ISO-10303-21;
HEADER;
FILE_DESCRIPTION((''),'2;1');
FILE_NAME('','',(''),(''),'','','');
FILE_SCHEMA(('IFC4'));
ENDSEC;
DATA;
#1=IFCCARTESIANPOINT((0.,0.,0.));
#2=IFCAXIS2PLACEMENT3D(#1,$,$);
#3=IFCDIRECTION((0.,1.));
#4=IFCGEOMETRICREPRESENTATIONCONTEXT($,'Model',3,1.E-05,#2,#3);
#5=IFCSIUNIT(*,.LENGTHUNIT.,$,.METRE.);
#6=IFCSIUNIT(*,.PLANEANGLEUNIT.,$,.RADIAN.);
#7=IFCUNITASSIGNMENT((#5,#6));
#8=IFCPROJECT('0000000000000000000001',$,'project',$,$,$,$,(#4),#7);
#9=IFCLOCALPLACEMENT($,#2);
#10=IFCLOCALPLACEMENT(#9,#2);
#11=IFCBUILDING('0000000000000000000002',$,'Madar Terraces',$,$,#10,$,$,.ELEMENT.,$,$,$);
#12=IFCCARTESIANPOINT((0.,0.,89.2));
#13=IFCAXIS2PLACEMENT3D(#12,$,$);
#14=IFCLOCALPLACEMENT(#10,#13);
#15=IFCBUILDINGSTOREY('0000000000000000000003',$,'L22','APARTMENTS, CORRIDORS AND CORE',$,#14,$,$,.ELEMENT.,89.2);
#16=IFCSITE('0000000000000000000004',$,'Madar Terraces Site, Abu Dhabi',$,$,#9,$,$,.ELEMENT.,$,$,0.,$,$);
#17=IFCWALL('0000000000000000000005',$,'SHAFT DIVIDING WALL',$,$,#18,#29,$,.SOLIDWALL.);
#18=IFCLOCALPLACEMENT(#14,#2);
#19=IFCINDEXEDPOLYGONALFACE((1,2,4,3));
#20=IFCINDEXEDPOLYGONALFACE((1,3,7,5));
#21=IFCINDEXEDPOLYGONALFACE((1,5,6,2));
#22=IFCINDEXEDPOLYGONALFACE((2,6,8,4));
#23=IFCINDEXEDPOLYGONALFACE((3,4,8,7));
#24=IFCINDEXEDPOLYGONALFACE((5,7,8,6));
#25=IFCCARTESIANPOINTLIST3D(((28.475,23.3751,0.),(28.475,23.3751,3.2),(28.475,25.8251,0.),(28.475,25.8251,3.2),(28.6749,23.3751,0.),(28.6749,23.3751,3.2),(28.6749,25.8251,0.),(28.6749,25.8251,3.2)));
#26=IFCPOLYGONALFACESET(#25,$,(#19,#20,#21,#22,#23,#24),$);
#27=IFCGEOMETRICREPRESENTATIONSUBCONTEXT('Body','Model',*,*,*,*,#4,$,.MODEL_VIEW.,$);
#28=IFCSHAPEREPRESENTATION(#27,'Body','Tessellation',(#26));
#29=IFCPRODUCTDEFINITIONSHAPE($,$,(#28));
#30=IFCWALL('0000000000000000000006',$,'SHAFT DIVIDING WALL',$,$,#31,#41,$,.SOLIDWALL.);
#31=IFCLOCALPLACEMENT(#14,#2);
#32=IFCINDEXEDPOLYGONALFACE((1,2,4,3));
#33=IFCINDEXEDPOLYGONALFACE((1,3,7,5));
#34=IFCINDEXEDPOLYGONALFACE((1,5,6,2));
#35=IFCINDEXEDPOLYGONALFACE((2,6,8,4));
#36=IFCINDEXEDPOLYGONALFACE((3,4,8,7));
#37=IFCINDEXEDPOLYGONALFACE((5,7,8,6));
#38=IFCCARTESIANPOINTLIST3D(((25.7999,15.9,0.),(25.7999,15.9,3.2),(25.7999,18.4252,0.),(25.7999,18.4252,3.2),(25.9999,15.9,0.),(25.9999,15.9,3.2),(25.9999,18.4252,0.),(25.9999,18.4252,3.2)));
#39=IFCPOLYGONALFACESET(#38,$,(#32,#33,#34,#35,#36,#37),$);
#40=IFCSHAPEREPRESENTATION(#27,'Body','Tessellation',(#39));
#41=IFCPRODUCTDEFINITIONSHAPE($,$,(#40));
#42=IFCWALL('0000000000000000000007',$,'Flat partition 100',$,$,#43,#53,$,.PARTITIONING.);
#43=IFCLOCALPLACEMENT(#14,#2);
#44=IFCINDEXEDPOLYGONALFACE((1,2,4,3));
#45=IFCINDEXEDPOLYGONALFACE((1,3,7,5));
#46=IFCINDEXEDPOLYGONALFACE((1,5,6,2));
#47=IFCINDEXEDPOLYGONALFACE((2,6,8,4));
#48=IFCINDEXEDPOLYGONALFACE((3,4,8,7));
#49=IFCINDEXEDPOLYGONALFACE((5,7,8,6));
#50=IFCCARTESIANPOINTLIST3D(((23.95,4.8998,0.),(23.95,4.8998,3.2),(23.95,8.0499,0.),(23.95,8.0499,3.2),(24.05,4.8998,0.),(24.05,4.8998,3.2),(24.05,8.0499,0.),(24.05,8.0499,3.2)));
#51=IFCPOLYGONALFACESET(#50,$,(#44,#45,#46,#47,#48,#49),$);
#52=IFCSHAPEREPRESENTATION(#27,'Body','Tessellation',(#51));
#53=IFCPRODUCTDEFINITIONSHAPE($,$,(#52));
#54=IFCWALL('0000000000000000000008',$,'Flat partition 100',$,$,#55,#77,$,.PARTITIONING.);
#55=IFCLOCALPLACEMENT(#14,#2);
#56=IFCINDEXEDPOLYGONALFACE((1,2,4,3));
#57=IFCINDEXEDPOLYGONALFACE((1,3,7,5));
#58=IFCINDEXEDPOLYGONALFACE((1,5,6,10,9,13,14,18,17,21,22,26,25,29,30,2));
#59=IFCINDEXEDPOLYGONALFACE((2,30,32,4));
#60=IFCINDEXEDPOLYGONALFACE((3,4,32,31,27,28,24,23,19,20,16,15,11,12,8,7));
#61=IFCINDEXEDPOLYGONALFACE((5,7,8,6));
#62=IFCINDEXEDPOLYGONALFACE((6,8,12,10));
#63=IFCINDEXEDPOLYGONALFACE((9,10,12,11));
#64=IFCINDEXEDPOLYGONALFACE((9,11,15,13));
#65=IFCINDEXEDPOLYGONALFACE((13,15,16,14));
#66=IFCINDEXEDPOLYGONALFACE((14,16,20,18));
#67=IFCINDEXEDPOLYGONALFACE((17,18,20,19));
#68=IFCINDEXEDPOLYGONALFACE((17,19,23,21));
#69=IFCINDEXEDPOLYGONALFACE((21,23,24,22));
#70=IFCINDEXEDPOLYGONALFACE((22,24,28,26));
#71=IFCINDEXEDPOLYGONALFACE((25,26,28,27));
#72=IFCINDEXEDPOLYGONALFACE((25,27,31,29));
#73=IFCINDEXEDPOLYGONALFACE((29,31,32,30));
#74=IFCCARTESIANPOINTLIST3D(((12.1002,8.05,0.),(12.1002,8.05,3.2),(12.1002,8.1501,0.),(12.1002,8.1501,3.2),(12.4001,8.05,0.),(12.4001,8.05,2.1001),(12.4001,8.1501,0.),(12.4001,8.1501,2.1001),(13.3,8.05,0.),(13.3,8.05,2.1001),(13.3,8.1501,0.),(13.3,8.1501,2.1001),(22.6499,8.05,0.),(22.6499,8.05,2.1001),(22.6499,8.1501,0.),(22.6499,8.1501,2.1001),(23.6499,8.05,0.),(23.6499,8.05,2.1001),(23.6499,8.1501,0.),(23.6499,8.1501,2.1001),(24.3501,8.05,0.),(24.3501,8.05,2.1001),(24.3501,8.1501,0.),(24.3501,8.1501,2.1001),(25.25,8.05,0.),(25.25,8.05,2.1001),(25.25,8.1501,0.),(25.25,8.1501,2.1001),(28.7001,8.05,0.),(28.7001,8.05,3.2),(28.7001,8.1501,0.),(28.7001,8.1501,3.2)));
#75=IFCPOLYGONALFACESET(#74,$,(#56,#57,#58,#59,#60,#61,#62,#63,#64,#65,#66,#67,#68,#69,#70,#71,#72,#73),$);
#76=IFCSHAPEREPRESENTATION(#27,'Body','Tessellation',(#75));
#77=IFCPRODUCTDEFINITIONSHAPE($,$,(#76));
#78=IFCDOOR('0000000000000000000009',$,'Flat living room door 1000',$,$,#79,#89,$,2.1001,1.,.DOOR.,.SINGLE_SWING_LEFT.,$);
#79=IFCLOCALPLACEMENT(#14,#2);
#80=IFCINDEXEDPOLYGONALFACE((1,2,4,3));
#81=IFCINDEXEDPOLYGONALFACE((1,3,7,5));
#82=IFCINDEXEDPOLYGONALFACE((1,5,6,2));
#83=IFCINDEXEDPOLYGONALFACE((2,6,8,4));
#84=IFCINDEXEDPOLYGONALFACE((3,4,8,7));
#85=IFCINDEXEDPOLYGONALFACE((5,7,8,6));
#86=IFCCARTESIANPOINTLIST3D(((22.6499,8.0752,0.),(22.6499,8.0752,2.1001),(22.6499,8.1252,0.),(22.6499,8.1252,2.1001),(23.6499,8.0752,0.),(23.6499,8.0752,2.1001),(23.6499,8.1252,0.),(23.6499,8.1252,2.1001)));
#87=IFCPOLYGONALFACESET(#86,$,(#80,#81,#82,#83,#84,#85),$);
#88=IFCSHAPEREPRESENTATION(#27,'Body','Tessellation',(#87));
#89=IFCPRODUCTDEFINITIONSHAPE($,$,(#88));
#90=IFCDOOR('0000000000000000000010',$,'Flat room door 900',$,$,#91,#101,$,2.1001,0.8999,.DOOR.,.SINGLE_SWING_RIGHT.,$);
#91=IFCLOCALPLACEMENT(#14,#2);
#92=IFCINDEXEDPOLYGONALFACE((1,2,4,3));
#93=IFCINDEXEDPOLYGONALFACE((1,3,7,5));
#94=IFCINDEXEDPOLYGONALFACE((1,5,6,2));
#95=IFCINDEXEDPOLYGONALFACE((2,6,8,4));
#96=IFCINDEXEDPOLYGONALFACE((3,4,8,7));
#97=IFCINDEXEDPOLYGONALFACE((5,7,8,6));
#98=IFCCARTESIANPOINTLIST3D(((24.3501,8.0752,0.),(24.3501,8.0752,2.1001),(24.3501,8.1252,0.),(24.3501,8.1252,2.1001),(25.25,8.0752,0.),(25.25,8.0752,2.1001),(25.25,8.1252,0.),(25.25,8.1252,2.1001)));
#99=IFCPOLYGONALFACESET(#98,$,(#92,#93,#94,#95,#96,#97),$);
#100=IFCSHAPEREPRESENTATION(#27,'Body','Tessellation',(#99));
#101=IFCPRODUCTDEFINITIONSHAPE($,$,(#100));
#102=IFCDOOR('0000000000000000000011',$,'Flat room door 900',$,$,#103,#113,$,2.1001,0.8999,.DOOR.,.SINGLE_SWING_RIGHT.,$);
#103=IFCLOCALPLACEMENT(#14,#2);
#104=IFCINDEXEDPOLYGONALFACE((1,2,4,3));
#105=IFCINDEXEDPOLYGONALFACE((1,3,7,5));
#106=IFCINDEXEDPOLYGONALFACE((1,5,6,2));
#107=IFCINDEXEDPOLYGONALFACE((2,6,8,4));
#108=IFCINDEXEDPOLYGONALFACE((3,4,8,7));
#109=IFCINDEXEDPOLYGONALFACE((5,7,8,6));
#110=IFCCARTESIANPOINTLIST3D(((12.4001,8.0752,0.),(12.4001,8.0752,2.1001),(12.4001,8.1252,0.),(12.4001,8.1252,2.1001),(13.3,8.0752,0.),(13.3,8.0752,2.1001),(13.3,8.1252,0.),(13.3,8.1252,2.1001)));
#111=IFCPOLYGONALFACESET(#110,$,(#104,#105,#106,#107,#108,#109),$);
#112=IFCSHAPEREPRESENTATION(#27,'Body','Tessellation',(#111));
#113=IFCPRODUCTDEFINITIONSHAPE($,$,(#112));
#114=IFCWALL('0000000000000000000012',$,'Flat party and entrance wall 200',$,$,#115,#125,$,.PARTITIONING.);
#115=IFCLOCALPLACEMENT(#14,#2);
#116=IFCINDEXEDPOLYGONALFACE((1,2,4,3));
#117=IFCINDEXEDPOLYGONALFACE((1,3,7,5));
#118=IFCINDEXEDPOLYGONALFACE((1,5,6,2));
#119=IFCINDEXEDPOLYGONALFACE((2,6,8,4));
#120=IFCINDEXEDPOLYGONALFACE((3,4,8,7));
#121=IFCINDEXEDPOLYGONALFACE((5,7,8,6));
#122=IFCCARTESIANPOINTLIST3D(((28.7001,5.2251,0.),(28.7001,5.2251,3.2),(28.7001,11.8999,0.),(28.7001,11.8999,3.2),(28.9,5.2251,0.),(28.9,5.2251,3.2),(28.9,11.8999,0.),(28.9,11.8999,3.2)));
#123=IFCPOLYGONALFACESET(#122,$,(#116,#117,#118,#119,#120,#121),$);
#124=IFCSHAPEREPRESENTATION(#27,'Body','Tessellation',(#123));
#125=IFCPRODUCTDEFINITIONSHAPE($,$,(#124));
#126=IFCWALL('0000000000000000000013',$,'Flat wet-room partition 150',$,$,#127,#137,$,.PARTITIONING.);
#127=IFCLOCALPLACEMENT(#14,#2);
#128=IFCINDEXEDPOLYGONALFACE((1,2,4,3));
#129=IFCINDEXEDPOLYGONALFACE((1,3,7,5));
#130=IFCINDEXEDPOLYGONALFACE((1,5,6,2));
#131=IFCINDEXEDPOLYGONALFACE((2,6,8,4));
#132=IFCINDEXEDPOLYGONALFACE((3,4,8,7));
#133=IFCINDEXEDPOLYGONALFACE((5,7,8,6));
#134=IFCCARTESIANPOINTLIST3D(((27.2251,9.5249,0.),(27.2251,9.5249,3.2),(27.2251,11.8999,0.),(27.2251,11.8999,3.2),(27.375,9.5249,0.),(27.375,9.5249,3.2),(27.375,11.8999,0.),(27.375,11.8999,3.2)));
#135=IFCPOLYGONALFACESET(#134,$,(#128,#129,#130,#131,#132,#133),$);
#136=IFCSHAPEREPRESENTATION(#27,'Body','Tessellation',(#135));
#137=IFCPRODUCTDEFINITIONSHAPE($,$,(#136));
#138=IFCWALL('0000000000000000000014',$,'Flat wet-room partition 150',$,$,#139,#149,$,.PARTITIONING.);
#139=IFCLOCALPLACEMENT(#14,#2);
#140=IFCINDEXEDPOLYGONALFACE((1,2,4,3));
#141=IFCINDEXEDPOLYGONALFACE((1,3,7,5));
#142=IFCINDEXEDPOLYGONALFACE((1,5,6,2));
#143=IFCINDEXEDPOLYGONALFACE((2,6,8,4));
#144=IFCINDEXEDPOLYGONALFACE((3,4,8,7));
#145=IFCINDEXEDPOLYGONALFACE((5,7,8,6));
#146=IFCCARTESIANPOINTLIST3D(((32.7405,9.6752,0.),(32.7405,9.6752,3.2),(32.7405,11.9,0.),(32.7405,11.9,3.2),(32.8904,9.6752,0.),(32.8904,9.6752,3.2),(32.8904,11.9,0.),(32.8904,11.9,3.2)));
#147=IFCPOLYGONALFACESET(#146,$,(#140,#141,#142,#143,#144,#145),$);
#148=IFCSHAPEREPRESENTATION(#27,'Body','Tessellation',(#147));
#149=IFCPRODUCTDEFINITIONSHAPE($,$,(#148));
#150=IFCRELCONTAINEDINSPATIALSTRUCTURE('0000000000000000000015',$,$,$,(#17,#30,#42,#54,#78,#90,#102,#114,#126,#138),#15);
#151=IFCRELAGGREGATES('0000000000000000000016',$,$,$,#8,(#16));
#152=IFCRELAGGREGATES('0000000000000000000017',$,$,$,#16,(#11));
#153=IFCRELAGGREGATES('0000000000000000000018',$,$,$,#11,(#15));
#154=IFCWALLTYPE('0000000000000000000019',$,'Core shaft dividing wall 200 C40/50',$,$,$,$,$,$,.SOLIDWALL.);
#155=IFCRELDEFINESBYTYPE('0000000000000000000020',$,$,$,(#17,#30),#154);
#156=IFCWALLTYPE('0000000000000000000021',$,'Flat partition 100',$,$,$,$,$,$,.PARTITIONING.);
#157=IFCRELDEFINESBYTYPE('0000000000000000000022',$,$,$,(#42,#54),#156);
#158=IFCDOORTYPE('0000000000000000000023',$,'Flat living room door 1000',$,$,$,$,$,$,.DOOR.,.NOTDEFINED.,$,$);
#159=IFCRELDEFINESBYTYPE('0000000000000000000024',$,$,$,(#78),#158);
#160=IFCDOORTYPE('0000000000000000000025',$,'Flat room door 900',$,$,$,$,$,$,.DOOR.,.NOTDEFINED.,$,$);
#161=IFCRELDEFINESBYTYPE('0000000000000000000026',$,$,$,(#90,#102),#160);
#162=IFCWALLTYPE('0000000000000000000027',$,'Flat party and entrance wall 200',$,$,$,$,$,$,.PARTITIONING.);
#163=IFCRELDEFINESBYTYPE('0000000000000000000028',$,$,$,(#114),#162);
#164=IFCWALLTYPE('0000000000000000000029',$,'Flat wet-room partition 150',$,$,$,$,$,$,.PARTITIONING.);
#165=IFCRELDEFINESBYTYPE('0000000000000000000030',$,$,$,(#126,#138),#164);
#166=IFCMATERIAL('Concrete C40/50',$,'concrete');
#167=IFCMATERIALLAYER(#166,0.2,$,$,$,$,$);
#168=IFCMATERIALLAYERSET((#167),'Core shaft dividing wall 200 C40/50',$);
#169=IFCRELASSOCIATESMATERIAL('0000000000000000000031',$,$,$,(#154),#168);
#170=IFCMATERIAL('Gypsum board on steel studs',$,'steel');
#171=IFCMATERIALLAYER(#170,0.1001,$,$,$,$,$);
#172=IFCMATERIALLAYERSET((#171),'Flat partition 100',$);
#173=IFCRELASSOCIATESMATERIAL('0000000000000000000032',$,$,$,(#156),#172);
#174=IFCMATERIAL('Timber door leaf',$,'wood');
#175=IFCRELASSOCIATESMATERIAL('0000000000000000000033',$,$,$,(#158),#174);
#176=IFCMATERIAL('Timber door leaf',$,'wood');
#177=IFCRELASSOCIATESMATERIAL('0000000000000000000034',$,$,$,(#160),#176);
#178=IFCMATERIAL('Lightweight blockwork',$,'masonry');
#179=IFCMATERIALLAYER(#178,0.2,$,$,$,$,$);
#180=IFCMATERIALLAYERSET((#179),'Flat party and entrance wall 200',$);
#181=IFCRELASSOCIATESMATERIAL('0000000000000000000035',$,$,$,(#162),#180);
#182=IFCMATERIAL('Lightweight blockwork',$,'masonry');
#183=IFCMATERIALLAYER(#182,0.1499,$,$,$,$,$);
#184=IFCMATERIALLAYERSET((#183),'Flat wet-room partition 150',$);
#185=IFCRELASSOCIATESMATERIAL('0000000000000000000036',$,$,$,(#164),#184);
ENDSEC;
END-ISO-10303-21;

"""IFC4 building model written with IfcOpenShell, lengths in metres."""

from ifc_helpers import new_model, si_unit, direction, frame, frame_2d, origin, place, context, subcontext, project, spatial, rectangle, extrude, material, layer, layer_set, type_object, element, fill, save


model = new_model("IFC4")

# Units and contexts
model_context = context("Model", 3, precision=1e-05, world=origin(), true_north=direction((0.0, 1.0)))
body_context = subcontext(model_context, "Body", "Model", "MODEL_VIEW")
ifc_project = project(units=[si_unit("LENGTHUNIT", "METRE"), si_unit("PLANEANGLEUNIT", "RADIAN")], contexts=[model_context])

# Site, building, storey
site_placement = place(None, origin())
site = spatial("IfcSite", under=ifc_project, at=site_placement, Name="Madar Terraces Site, Abu Dhabi", CompositionType="ELEMENT", RefElevation=0.0)
building_placement = place(site_placement, origin())
building = spatial("IfcBuilding", under=site, at=building_placement, Name="Madar Terraces", CompositionType="ELEMENT")
storey_placement = place(building_placement, frame((0.0, 0.0, 89.2)))
storey = spatial("IfcBuildingStorey", under=building, at=storey_placement, Name="L22", Description="APARTMENTS, CORRIDORS AND CORE", CompositionType="ELEMENT", Elevation=89.2)

# Walls
ifc_material_1 = material(Name="Concrete C40/50", Category="concrete")
ifc_layer_1 = layer(ifc_material_1, 0.2)
ifc_layer_set_1 = layer_set([ifc_layer_1], Name="Core shaft dividing wall 200 C40/50")
wall_type_1 = type_object("IfcWallType", Name="Core shaft dividing wall 200 C40/50", PredefinedType="SOLIDWALL", material=ifc_layer_set_1)
wall_1_placement = place(storey_placement, frame((28.575, 23.375, 0.0), z_axis=(0.0, 0.0, 1.0), x_axis=(0.0, 1.0, 0.0)))
element("IfcWall", 1, at=wall_1_placement, inside=storey, type_object=wall_type_1, Name="SHAFT DIVIDING WALL", PredefinedType="SOLIDWALL", context=body_context, shape_type="SweptSolid", body=[
    extrude(rectangle(XDim=2.45, YDim=0.2, at=frame_2d((1.2251, 0.0))), origin(), (0.0, 0.0, 1.0), 3.2),
])
wall_2_placement = place(storey_placement, frame((25.8999, 15.8999, 0.0), z_axis=(0.0, 0.0, 1.0), x_axis=(0.0, 1.0, 0.0)))
element("IfcWall", 2, at=wall_2_placement, inside=storey, type_object=wall_type_1, Name="SHAFT DIVIDING WALL", PredefinedType="SOLIDWALL", context=body_context, shape_type="SweptSolid", body=[
    extrude(rectangle(XDim=2.5251, YDim=0.2, at=frame_2d((1.2627, 0.0))), origin(), (0.0, 0.0, 1.0), 3.2),
])
ifc_material_2 = material(Name="Gypsum board on steel studs", Category="steel")
ifc_layer_2 = layer(ifc_material_2, 0.1001)
ifc_layer_set_2 = layer_set([ifc_layer_2], Name="Flat partition 100")
wall_type_2 = type_object("IfcWallType", Name="Flat partition 100", PredefinedType="PARTITIONING", material=ifc_layer_set_2)
wall_3_placement = place(storey_placement, frame((24.0, 8.05, 0.0), z_axis=(0.0, 0.0, 1.0), x_axis=(0.0, -1.0, 0.0)))
element("IfcWall", 3, at=wall_3_placement, inside=storey, type_object=wall_type_2, Name="Flat partition 100", PredefinedType="PARTITIONING", context=body_context, shape_type="SweptSolid", body=[
    extrude(rectangle(XDim=3.1501, YDim=0.1001, at=frame_2d((1.5752, 0.0))), origin(), (0.0, 0.0, 1.0), 3.2),
])

# Wall, openings, doors
wall_4_placement = place(storey_placement, frame((28.7, 8.1001, 0.0), z_axis=(0.0, 0.0, 1.0), x_axis=(-1.0, 0.0, 0.0)))
wall_4 = element("IfcWall", 4, at=wall_4_placement, inside=storey, type_object=wall_type_2, Name="Flat partition 100", PredefinedType="PARTITIONING", context=body_context, shape_type="SweptSolid", body=[
    extrude(rectangle(XDim=16.5999, YDim=0.1001, at=frame_2d((8.2998, 0.0))), origin(), (0.0, 0.0, 1.0), 3.2),
])
opening_1_placement = place(wall_4_placement, frame((3.45, 0.0, 0.0)))
opening_1 = element("IfcOpeningElement", 5, at=opening_1_placement, cuts=wall_4, PredefinedType="OPENING", context=body_context, shape_type="SweptSolid", body=[
    extrude(rectangle(XDim=0.8999, YDim=2.1001, at=frame_2d((0.45, 1.05))), frame((0.0, 0.0601, 0.0), z_axis=(0.0, -1.0, 0.0), x_axis=(1.0, 0.0, 0.0)), (0.0, 0.0, 1.0), 0.1201),
])
opening_2_placement = place(wall_4_placement, frame((5.05, 0.0, 0.0)))
opening_2 = element("IfcOpeningElement", 6, at=opening_2_placement, cuts=wall_4, PredefinedType="OPENING", context=body_context, shape_type="SweptSolid", body=[
    extrude(rectangle(XDim=1.0, YDim=2.1001, at=frame_2d((0.5, 1.05))), frame((0.0, 0.0601, 0.0), z_axis=(0.0, -1.0, 0.0), x_axis=(1.0, 0.0, 0.0)), (0.0, 0.0, 1.0), 0.1201),
])
opening_3_placement = place(wall_4_placement, frame((15.3999, 0.0, 0.0)))
opening_3 = element("IfcOpeningElement", 7, at=opening_3_placement, cuts=wall_4, PredefinedType="OPENING", context=body_context, shape_type="SweptSolid", body=[
    extrude(rectangle(XDim=0.8999, YDim=2.1001, at=frame_2d((0.45, 1.05))), frame((0.0, 0.0601, 0.0), z_axis=(0.0, -1.0, 0.0), x_axis=(1.0, 0.0, 0.0)), (0.0, 0.0, 1.0), 0.1201),
])
ifc_material_3 = material(Name="Timber door leaf", Category="wood")
door_type_1 = type_object("IfcDoorType", Name="Flat living room door 1000", OperationType="NOTDEFINED", PredefinedType="DOOR", material=ifc_material_3)
door_1_placement = place(opening_2_placement, origin())
door_1 = element("IfcDoor", 8, at=door_1_placement, inside=storey, type_object=door_type_1, Name="Flat living room door 1000", OperationType="SINGLE_SWING_LEFT", OverallHeight=2.1001, OverallWidth=1.0, PredefinedType="DOOR", context=body_context, shape_type="SweptSolid", body=[
    extrude(rectangle(XDim=1.0, YDim=2.1001, at=frame_2d((0.5, 1.05))), frame((0.0, 0.0249, 0.0), z_axis=(0.0, -1.0, 0.0), x_axis=(1.0, 0.0, 0.0)), (0.0, 0.0, 1.0), 0.05),
])
fill(opening_2, door_1)
ifc_material_4 = material(Name="Timber door leaf", Category="wood")
door_type_2 = type_object("IfcDoorType", Name="Flat room door 900", OperationType="NOTDEFINED", PredefinedType="DOOR", material=ifc_material_4)
door_2_placement = place(opening_1_placement, origin())
door_2 = element("IfcDoor", 9, at=door_2_placement, inside=storey, type_object=door_type_2, Name="Flat room door 900", OperationType="SINGLE_SWING_RIGHT", OverallHeight=2.1001, OverallWidth=0.8999, PredefinedType="DOOR", context=body_context, shape_type="SweptSolid", body=[
    extrude(rectangle(XDim=0.8999, YDim=2.1001, at=frame_2d((0.45, 1.05))), frame((0.0, 0.0249, 0.0), z_axis=(0.0, -1.0, 0.0), x_axis=(1.0, 0.0, 0.0)), (0.0, 0.0, 1.0), 0.05),
])
fill(opening_1, door_2)
door_3_placement = place(opening_3_placement, origin())
door_3 = element("IfcDoor", 10, at=door_3_placement, inside=storey, type_object=door_type_2, Name="Flat room door 900", OperationType="SINGLE_SWING_RIGHT", OverallHeight=2.1001, OverallWidth=0.8999, PredefinedType="DOOR", context=body_context, shape_type="SweptSolid", body=[
    extrude(rectangle(XDim=0.8999, YDim=2.1001, at=frame_2d((0.45, 1.05))), frame((0.0, 0.0249, 0.0), z_axis=(0.0, -1.0, 0.0), x_axis=(1.0, 0.0, 0.0)), (0.0, 0.0, 1.0), 0.05),
])
fill(opening_3, door_3)

# Walls
ifc_material_5 = material(Name="Lightweight blockwork", Category="masonry")
ifc_layer_3 = layer(ifc_material_5, 0.2)
ifc_layer_set_3 = layer_set([ifc_layer_3], Name="Flat party and entrance wall 200")
wall_type_3 = type_object("IfcWallType", Name="Flat party and entrance wall 200", PredefinedType="PARTITIONING", material=ifc_layer_set_3)
wall_5_placement = place(storey_placement, frame((28.8, 11.8999, 0.0), z_axis=(0.0, 0.0, 1.0), x_axis=(0.0, -1.0, 0.0)))
element("IfcWall", 11, at=wall_5_placement, inside=storey, type_object=wall_type_3, Name="Flat party and entrance wall 200", PredefinedType="PARTITIONING", context=body_context, shape_type="SweptSolid", body=[
    extrude(rectangle(XDim=6.6748, YDim=0.2, at=frame_2d((3.3374, 0.0))), origin(), (0.0, 0.0, 1.0), 3.2),
])
ifc_material_6 = material(Name="Lightweight blockwork", Category="masonry")
ifc_layer_4 = layer(ifc_material_6, 0.1499)
ifc_layer_set_4 = layer_set([ifc_layer_4], Name="Flat wet-room partition 150")
wall_type_4 = type_object("IfcWallType", Name="Flat wet-room partition 150", PredefinedType="PARTITIONING", material=ifc_layer_set_4)
wall_6_placement = place(storey_placement, frame((27.3, 11.8999, 0.0), z_axis=(0.0, 0.0, 1.0), x_axis=(0.0, -1.0, 0.0)))
element("IfcWall", 12, at=wall_6_placement, inside=storey, type_object=wall_type_4, Name="Flat wet-room partition 150", PredefinedType="PARTITIONING", context=body_context, shape_type="SweptSolid", body=[
    extrude(rectangle(XDim=2.375, YDim=0.1499, at=frame_2d((1.1875, 0.0))), origin(), (0.0, 0.0, 1.0), 3.2),
])
wall_7_placement = place(storey_placement, frame((32.8154, 11.8999, 0.0), z_axis=(0.0, 0.0, 1.0), x_axis=(0.0, -1.0, 0.0)))
element("IfcWall", 13, at=wall_7_placement, inside=storey, type_object=wall_type_4, Name="Flat wet-room partition 150", PredefinedType="PARTITIONING", context=body_context, shape_type="SweptSolid", body=[
    extrude(rectangle(XDim=2.2249, YDim=0.1499, at=frame_2d((1.1123, 0.0))), origin(), (0.0, 0.0, 1.0), 3.2),
])

save(model, "model.ifc")
